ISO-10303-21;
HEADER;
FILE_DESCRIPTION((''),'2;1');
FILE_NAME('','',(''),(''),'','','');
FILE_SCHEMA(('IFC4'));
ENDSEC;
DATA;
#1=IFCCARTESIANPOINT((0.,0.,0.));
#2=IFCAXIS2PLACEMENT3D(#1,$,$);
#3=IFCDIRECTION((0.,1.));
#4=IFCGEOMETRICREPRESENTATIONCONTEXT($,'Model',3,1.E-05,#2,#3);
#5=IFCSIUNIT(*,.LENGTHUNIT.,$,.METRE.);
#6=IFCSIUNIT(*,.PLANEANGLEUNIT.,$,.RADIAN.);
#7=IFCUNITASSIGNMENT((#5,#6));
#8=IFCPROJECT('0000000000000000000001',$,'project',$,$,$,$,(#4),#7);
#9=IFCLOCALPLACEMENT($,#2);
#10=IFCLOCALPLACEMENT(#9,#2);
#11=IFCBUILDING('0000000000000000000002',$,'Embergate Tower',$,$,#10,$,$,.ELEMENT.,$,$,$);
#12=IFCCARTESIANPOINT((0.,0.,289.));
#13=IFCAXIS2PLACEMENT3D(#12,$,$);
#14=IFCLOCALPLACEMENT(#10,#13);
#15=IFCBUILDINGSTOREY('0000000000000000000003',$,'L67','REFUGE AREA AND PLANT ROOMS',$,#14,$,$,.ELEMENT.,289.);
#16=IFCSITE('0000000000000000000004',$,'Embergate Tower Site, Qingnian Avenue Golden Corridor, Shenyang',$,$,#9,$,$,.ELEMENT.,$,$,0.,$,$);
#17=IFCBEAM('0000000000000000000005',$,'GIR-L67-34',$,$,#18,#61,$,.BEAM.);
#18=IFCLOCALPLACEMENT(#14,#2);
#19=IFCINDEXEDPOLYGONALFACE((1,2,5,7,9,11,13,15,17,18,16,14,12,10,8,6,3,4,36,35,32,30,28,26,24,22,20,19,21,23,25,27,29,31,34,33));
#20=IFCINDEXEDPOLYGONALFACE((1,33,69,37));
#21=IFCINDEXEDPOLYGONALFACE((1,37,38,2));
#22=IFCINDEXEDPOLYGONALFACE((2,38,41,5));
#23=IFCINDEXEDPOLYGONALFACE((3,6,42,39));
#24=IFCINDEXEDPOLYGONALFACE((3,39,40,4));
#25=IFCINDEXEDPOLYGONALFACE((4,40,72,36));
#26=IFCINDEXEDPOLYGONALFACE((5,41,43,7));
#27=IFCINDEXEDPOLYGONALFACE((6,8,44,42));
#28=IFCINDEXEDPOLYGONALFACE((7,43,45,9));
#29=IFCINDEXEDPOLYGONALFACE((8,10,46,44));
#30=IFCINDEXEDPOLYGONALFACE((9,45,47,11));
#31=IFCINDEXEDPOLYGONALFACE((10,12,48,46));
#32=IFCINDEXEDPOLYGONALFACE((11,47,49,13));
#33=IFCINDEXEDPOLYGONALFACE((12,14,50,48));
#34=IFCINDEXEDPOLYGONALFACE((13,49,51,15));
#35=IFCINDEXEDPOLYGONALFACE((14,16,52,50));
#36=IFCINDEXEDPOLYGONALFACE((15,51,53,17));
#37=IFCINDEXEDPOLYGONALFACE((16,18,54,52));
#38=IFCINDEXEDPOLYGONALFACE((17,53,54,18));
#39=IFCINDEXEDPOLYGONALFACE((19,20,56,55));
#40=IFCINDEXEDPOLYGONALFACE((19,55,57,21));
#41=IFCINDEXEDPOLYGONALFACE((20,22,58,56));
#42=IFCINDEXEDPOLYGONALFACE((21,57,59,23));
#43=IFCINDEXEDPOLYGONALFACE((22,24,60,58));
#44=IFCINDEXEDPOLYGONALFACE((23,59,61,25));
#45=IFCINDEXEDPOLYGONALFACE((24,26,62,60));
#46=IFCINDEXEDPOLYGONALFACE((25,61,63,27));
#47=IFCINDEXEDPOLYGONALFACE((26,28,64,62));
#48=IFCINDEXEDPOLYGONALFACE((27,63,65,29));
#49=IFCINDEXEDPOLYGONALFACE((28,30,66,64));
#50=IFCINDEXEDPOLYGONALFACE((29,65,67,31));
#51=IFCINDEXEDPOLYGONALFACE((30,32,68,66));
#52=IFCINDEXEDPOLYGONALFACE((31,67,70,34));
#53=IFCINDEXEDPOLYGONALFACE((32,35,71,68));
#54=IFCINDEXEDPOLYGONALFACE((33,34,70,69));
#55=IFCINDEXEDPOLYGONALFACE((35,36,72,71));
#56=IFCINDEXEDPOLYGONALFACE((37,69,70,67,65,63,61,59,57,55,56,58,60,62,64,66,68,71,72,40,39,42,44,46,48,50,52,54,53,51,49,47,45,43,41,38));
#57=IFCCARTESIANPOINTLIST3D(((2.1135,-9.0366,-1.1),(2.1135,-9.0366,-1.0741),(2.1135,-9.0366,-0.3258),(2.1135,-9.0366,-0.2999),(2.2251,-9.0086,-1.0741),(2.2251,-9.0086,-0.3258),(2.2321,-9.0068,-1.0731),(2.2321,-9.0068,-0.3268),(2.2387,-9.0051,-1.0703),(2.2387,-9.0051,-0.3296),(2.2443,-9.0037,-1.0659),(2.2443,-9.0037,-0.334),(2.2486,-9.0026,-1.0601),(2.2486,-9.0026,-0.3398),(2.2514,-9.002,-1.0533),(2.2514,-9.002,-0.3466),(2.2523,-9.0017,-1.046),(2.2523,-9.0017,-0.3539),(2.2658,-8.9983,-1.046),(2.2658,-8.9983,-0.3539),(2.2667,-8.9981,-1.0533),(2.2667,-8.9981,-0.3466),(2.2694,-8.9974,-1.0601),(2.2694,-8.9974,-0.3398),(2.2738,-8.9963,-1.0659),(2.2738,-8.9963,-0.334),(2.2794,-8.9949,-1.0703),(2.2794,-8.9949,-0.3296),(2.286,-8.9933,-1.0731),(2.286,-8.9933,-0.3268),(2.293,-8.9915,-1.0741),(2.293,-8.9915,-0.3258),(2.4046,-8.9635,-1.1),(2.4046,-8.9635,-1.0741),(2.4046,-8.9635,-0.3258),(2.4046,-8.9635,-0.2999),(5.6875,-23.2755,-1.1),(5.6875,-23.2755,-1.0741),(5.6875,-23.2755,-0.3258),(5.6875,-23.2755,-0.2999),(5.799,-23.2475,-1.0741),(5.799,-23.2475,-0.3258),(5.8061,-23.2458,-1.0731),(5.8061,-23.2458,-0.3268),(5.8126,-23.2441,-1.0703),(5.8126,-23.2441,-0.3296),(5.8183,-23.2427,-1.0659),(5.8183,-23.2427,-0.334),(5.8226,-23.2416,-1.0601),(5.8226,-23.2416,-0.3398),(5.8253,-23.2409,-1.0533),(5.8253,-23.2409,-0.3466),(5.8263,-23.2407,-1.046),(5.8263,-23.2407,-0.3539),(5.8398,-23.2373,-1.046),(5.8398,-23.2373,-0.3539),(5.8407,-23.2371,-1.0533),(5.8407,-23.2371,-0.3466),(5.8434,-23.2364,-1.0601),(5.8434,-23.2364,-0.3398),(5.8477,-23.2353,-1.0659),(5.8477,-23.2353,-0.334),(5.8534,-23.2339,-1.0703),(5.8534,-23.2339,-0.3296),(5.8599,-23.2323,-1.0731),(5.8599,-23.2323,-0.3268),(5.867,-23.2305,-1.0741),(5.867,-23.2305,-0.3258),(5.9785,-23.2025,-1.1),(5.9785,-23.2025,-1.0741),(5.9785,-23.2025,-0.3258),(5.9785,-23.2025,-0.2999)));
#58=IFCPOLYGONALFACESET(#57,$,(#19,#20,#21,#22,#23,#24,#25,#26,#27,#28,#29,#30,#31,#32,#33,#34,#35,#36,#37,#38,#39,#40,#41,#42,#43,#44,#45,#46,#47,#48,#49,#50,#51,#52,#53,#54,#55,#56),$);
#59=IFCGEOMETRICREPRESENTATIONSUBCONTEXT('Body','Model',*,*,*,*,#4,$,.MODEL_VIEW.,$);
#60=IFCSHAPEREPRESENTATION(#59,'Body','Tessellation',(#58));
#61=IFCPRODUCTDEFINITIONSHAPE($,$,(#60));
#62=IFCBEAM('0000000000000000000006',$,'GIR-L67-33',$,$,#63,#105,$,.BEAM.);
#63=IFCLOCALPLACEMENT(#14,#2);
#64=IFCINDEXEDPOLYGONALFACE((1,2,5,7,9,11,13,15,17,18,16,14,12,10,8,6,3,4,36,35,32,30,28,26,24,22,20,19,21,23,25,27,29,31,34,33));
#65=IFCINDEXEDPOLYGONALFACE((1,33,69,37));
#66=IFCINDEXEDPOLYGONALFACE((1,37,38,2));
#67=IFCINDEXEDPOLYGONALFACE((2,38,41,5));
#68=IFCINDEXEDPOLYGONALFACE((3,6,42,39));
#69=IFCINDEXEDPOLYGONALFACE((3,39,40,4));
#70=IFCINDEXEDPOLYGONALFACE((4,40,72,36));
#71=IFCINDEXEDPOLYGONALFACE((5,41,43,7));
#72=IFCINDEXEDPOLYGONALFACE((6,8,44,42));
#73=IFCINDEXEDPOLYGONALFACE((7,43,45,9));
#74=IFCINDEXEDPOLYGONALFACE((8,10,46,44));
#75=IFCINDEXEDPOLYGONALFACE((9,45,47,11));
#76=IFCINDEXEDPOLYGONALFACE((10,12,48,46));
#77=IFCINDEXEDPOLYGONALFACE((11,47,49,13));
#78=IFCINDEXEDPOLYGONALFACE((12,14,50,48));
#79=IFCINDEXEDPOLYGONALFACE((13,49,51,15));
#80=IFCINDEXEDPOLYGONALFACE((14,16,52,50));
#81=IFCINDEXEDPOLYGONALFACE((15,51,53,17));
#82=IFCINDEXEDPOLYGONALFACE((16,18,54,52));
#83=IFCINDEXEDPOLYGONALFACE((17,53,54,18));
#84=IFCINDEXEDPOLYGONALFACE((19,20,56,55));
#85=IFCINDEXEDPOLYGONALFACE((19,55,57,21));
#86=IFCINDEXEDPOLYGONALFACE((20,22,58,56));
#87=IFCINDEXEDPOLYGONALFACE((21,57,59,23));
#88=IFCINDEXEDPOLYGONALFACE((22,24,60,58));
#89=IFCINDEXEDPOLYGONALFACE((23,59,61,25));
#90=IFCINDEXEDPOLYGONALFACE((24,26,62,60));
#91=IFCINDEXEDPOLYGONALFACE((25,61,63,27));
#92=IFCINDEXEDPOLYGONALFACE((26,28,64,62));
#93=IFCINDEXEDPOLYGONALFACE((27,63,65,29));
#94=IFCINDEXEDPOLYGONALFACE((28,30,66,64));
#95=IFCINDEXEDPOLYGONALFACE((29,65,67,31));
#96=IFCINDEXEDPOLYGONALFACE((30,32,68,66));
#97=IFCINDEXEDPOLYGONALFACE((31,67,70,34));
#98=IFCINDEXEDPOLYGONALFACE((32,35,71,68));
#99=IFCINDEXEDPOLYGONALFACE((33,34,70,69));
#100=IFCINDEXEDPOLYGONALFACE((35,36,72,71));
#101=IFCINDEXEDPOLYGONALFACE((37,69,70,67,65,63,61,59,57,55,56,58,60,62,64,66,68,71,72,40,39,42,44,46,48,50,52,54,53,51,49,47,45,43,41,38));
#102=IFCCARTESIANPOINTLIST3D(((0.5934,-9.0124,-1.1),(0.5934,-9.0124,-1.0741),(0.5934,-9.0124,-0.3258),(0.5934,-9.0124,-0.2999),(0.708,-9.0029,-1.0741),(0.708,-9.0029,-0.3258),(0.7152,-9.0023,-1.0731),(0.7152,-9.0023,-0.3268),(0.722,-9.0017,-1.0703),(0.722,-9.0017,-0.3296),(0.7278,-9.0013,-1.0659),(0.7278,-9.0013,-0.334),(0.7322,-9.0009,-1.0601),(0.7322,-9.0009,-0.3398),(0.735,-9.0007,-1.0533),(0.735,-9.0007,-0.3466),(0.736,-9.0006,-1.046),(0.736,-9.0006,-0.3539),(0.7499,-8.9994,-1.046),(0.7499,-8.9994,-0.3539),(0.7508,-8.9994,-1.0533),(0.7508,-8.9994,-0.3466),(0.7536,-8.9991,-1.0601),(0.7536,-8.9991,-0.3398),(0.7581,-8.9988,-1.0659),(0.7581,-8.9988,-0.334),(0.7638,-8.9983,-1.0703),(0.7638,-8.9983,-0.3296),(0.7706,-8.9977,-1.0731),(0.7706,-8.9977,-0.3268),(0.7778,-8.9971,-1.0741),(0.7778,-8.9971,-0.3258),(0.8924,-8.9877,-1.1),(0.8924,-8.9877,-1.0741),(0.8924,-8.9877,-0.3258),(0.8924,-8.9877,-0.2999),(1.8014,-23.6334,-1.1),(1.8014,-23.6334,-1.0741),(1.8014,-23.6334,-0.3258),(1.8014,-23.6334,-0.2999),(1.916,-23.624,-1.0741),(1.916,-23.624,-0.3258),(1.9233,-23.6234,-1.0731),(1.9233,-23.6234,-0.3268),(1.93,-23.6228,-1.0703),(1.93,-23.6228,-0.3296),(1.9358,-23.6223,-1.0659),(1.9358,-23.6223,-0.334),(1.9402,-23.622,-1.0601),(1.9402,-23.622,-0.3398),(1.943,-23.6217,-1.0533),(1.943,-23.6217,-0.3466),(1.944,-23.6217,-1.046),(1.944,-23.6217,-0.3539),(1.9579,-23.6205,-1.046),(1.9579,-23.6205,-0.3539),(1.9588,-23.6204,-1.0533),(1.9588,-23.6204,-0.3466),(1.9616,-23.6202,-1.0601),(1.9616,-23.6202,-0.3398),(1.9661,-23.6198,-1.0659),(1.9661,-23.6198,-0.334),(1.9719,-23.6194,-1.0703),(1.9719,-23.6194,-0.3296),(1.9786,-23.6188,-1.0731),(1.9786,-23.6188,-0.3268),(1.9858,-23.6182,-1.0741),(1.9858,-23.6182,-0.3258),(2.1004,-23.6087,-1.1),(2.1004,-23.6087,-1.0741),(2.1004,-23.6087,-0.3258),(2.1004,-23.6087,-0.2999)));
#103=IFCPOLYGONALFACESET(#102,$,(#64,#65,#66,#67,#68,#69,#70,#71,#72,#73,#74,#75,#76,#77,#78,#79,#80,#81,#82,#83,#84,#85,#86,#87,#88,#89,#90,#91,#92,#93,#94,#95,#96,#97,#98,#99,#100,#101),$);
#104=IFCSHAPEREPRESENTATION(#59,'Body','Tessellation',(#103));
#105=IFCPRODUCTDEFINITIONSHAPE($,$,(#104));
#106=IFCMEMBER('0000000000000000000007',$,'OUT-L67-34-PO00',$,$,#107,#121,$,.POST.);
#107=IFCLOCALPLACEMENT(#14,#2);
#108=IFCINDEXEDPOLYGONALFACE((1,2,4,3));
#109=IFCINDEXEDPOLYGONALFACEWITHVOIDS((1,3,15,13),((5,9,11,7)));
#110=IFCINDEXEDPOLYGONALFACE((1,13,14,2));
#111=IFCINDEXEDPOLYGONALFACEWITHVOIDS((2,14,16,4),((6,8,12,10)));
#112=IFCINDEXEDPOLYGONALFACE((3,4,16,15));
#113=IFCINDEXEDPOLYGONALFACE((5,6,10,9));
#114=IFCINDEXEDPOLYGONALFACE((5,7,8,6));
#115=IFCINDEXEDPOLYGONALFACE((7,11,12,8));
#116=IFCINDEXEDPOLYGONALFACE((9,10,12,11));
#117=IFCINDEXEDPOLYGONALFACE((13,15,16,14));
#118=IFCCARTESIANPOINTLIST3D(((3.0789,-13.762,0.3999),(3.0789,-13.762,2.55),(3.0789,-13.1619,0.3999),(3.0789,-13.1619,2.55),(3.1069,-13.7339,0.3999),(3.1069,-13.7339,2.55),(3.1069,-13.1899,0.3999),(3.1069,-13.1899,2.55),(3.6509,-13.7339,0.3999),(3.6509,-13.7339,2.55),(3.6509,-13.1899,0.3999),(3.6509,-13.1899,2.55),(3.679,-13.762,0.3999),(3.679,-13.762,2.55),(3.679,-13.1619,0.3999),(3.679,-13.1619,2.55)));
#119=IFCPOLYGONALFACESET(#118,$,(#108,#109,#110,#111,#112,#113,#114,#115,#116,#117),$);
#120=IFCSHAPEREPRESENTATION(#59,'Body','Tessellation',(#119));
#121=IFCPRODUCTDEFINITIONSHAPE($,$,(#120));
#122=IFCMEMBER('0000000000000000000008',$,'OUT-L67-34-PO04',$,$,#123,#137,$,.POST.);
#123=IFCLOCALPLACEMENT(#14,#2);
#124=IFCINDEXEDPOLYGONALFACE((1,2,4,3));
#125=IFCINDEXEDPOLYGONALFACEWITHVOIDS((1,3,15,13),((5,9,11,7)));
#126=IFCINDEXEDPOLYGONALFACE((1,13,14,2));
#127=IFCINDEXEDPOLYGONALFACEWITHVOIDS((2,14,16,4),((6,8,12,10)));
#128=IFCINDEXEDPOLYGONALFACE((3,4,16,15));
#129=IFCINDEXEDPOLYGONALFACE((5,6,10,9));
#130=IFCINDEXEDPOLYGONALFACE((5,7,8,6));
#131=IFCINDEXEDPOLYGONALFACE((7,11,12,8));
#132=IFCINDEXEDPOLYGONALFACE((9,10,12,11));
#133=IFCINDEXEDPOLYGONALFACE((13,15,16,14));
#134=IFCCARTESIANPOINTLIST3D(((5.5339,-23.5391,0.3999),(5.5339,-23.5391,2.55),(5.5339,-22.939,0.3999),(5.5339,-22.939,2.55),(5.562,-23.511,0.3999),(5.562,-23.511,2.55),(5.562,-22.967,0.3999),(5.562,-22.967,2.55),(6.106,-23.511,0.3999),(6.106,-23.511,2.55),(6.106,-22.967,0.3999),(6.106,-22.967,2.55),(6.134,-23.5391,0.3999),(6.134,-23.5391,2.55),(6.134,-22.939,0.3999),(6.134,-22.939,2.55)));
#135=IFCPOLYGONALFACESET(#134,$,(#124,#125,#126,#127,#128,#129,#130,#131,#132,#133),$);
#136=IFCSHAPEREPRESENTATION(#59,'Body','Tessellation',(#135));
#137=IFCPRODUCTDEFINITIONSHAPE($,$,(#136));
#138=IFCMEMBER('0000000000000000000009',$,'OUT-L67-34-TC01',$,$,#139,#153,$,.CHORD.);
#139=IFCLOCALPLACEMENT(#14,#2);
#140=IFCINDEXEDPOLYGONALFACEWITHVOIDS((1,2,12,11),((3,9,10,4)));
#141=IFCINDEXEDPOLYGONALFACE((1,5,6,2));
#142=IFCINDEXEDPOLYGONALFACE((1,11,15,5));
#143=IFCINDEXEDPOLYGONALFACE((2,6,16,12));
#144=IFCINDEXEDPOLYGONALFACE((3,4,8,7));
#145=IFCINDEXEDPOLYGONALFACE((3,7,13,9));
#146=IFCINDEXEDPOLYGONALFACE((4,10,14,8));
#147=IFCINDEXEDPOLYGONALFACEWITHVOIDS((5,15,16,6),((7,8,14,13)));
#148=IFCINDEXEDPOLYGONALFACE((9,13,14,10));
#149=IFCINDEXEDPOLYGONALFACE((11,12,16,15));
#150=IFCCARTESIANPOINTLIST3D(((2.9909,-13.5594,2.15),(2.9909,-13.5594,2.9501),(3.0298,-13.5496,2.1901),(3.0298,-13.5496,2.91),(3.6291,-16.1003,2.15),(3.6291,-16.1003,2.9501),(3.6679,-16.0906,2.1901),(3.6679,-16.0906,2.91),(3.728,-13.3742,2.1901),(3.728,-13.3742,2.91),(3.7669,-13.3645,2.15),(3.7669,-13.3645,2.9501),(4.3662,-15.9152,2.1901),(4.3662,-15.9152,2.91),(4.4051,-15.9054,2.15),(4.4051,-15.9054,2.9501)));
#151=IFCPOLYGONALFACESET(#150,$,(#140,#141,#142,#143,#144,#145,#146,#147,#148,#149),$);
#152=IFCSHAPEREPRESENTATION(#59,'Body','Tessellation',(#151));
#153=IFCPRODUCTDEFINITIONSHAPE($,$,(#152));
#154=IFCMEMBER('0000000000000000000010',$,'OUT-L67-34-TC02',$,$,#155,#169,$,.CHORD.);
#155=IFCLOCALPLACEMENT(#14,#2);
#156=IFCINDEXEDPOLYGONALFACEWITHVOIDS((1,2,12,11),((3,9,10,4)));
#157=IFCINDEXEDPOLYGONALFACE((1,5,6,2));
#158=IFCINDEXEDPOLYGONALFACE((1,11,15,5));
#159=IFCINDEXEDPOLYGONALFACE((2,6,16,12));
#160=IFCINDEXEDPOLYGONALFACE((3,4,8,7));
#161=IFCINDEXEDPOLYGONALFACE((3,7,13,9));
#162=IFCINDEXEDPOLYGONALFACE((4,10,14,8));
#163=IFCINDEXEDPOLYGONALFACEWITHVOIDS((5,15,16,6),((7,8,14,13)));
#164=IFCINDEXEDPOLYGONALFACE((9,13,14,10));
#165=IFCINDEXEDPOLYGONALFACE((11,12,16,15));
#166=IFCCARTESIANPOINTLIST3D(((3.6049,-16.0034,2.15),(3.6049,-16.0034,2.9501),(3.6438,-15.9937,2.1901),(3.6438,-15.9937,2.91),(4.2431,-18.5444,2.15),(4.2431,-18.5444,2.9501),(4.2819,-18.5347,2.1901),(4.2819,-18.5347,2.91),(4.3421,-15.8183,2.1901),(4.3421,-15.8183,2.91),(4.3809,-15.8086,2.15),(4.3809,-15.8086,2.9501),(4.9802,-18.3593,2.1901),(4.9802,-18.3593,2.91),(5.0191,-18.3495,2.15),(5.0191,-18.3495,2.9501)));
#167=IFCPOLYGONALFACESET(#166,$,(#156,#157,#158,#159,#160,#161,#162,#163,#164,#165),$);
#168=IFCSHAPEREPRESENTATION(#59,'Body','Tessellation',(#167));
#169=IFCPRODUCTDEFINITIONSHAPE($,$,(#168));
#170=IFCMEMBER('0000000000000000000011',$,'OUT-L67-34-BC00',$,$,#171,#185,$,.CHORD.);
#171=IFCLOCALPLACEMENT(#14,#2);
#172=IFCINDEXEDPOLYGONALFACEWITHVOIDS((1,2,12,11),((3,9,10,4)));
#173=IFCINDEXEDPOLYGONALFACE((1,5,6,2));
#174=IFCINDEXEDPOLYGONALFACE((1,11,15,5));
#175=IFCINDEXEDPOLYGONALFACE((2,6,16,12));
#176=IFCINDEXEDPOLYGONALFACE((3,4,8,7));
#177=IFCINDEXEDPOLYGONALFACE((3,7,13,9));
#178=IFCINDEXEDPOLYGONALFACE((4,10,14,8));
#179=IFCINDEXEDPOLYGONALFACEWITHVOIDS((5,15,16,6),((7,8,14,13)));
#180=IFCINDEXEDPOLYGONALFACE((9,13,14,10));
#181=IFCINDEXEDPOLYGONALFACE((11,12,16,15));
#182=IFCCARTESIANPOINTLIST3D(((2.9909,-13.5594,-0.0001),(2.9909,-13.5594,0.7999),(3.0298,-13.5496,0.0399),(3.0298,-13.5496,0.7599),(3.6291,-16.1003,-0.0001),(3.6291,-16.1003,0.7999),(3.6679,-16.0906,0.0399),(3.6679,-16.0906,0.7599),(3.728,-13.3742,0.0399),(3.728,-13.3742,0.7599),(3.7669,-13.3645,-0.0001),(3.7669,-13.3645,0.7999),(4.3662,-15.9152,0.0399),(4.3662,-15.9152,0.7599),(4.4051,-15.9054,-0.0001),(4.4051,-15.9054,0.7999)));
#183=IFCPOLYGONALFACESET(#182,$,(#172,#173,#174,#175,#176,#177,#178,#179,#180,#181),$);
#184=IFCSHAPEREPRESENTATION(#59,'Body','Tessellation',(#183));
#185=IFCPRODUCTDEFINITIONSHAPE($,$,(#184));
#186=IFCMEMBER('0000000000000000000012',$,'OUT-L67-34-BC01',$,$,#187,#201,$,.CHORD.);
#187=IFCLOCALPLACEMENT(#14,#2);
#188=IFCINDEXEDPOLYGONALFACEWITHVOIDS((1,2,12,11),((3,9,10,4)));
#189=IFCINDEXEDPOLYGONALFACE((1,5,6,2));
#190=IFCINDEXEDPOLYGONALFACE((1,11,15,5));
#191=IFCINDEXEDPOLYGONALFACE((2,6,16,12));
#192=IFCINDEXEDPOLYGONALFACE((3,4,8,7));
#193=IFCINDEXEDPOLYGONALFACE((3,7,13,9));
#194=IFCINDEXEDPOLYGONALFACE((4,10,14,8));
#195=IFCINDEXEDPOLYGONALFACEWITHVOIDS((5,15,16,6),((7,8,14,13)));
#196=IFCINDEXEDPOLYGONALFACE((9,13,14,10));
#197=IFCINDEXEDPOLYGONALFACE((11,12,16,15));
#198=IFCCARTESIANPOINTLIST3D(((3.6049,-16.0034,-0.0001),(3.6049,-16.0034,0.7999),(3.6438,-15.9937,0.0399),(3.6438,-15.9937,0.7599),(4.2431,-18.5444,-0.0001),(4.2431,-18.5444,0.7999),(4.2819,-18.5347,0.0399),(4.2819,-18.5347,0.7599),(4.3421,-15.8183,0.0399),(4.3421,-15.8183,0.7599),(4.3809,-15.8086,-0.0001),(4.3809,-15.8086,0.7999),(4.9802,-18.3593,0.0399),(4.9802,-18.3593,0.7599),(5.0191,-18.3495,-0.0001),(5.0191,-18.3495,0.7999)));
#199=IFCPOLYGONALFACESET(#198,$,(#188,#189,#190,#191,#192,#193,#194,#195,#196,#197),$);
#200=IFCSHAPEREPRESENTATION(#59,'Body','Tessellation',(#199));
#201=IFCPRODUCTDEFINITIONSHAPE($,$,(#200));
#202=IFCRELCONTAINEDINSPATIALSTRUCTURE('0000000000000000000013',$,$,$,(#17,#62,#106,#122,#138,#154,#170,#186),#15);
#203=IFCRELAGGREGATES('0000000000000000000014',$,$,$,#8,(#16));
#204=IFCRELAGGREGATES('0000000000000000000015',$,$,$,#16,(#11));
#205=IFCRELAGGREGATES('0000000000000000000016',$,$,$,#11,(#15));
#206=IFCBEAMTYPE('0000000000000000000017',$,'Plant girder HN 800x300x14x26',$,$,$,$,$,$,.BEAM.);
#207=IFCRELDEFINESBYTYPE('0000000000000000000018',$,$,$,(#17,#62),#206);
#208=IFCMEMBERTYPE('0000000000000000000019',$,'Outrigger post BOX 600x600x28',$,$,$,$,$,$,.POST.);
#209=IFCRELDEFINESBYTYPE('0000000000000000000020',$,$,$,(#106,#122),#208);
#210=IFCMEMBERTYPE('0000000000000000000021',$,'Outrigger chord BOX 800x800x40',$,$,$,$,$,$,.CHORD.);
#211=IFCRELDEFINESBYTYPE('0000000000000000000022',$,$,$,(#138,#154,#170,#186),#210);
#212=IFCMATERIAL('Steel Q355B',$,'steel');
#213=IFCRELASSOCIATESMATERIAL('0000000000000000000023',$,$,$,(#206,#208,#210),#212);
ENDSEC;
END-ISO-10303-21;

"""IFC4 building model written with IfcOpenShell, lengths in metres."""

from ifc_helpers import new_model, si_unit, direction, frame, origin, origin_2d, place, context, subcontext, project, spatial, hollow_rectangle, i_section, extrude, source, transform, mapped, material, material_profile, profile_set, type_object, element, save


model = new_model("IFC4")

# Units and contexts
model_context = context("Model", 3, precision=1e-05, world=origin(), true_north=direction((0.0, 1.0)))
body_context = subcontext(model_context, "Body", "Model", "MODEL_VIEW")
ifc_project = project(units=[si_unit("LENGTHUNIT", "METRE"), si_unit("PLANEANGLEUNIT", "RADIAN")], contexts=[model_context])

# Site, building, storey
site_placement = place(None, origin())
site = spatial("IfcSite", under=ifc_project, at=site_placement, Name="Embergate Tower Site, Qingnian Avenue Golden Corridor, Shenyang", CompositionType="ELEMENT", RefElevation=0.0)
building_placement = place(site_placement, origin())
building = spatial("IfcBuilding", under=site, at=building_placement, Name="Embergate Tower", CompositionType="ELEMENT")
storey_placement = place(building_placement, frame((0.0, 0.0, 289.0)))
storey = spatial("IfcBuildingStorey", under=building, at=storey_placement, Name="L67", Description="REFUGE AREA AND PLANT ROOMS", CompositionType="ELEMENT", Elevation=289.0)

# Beams
ifc_material_1 = material(Name="Steel Q355B", Category="steel")
ifc_material_profile_1 = material_profile(ifc_material_1, i_section(OverallWidth=0.3, OverallDepth=0.8, WebThickness=0.0139, FlangeThickness=0.0259, FilletRadius=0.0281, at=origin_2d()), Name="HN 800x300x14x26")
ifc_profile_set_1 = profile_set([ifc_material_profile_1], Name="Steel Q355 grade B")
beam_type_1 = type_object("IfcBeamType", Name="Plant girder HN 800x300x14x26", PredefinedType="BEAM", material=ifc_profile_set_1)
shared_shape_1 = source(origin(), body_context, "Body", "SweptSolid", [
    extrude(i_section(OverallWidth=0.3, OverallDepth=0.8, WebThickness=0.0139, FlangeThickness=0.0259, FilletRadius=0.0281, at=origin_2d()), origin(), (0.0, 0.0, 1.0), 14.6807),
])
beam_1_placement = place(storey_placement, frame((5.833, -23.239, -0.7), z_axis=(-0.243447, 0.969914, 0.0), x_axis=(-0.969914, -0.243447, 0.0)))
element("IfcBeam", 1, at=beam_1_placement, inside=storey, type_object=beam_type_1, Name="GIR-L67-34", PredefinedType="BEAM", context=body_context, shape_type="MappedRepresentation", body=[
    mapped(shared_shape_1, transform((0.0, 0.0, 0.0))),
])
shared_shape_2 = source(origin(), body_context, "Body", "SweptSolid", [
    extrude(i_section(OverallWidth=0.3, OverallDepth=0.8, WebThickness=0.0139, FlangeThickness=0.0259, FilletRadius=0.0281, at=origin_2d()), origin(), (0.0, 0.0, 1.0), 14.6709),
])
beam_2_placement = place(storey_placement, frame((1.9509, -23.6211, -0.7), z_axis=(-0.08234, 0.996604, 0.0), x_axis=(-0.996604, -0.08234, 0.0)))
element("IfcBeam", 2, at=beam_2_placement, inside=storey, type_object=beam_type_1, Name="GIR-L67-33", PredefinedType="BEAM", context=body_context, shape_type="MappedRepresentation", body=[
    mapped(shared_shape_2, transform((0.0, 0.0, 0.0))),
])

# Members
ifc_material_profile_2 = material_profile(ifc_material_1, hollow_rectangle(XDim=0.6001, YDim=0.6001, WallThickness=0.0281, at=origin_2d()), Name="BOX 600x600x28")
ifc_profile_set_2 = profile_set([ifc_material_profile_2], Name="Steel Q355 grade B")
member_type_1 = type_object("IfcMemberType", Name="Outrigger post BOX 600x600x28", PredefinedType="POST", material=ifc_profile_set_2)
shared_shape_3 = source(origin(), body_context, "Body", "SweptSolid", [
    extrude(hollow_rectangle(XDim=0.6001, YDim=0.6001, WallThickness=0.0281, at=origin_2d()), origin(), (0.0, 0.0, 1.0), 2.1501),
])
for number, where, z_axis, x_axis, name in (
    (3, (3.3789, -13.4619, 0.3999), (0.0, 0.0, 1.0), (1.0, 0.0, 0.0), "OUT-L67-34-PO00"),
    (4, (5.834, -23.239, 0.3999), (0.0, 0.0, 1.0), (1.0, 0.0, 0.0), "OUT-L67-34-PO04"),
):
    element("IfcMember", number, at=place(storey_placement, frame(where, z_axis=z_axis, x_axis=x_axis)), inside=storey, type_object=member_type_1, Name=name, PredefinedType="POST", context=body_context, shape_type="MappedRepresentation", body=[
        mapped(shared_shape_3, transform((0.0, 0.0, 0.0))),
    ])
ifc_material_profile_3 = material_profile(ifc_material_1, hollow_rectangle(XDim=0.8, YDim=0.8, WallThickness=0.04, at=origin_2d()), Name="BOX 800x800x40")
ifc_profile_set_3 = profile_set([ifc_material_profile_3], Name="Steel Q355 grade B")
member_type_2 = type_object("IfcMemberType", Name="Outrigger chord BOX 800x800x40", PredefinedType="CHORD", material=ifc_profile_set_3)
shared_shape_4 = source(origin(), body_context, "Body", "SweptSolid", [
    extrude(hollow_rectangle(XDim=0.8, YDim=0.8, WallThickness=0.04, at=origin_2d()), origin(), (0.0, 0.0, 1.0), 2.6199),
])
for number, where, z_axis, x_axis, name in (
    (5, (3.3789, -13.4619, 2.55), (0.243588, -0.969879, 0.0), (0.969879, 0.243588, 0.0), "OUT-L67-34-TC01"),
    (6, (3.9929, -15.906, 2.55), (0.243588, -0.969879, 0.0), (0.969879, 0.243588, 0.0), "OUT-L67-34-TC02"),
    (7, (3.3789, -13.4619, 0.3999), (0.243588, -0.969879, 0.0), (0.969879, 0.243588, 0.0), "OUT-L67-34-BC00"),
    (8, (3.9929, -15.906, 0.3999), (0.243588, -0.969879, 0.0), (0.969879, 0.243588, 0.0), "OUT-L67-34-BC01"),
):
    element("IfcMember", number, at=place(storey_placement, frame(where, z_axis=z_axis, x_axis=x_axis)), inside=storey, type_object=member_type_2, Name=name, PredefinedType="CHORD", context=body_context, shape_type="MappedRepresentation", body=[
        mapped(shared_shape_4, transform((0.0, 0.0, 0.0))),
    ])

save(model, "model.ifc")
